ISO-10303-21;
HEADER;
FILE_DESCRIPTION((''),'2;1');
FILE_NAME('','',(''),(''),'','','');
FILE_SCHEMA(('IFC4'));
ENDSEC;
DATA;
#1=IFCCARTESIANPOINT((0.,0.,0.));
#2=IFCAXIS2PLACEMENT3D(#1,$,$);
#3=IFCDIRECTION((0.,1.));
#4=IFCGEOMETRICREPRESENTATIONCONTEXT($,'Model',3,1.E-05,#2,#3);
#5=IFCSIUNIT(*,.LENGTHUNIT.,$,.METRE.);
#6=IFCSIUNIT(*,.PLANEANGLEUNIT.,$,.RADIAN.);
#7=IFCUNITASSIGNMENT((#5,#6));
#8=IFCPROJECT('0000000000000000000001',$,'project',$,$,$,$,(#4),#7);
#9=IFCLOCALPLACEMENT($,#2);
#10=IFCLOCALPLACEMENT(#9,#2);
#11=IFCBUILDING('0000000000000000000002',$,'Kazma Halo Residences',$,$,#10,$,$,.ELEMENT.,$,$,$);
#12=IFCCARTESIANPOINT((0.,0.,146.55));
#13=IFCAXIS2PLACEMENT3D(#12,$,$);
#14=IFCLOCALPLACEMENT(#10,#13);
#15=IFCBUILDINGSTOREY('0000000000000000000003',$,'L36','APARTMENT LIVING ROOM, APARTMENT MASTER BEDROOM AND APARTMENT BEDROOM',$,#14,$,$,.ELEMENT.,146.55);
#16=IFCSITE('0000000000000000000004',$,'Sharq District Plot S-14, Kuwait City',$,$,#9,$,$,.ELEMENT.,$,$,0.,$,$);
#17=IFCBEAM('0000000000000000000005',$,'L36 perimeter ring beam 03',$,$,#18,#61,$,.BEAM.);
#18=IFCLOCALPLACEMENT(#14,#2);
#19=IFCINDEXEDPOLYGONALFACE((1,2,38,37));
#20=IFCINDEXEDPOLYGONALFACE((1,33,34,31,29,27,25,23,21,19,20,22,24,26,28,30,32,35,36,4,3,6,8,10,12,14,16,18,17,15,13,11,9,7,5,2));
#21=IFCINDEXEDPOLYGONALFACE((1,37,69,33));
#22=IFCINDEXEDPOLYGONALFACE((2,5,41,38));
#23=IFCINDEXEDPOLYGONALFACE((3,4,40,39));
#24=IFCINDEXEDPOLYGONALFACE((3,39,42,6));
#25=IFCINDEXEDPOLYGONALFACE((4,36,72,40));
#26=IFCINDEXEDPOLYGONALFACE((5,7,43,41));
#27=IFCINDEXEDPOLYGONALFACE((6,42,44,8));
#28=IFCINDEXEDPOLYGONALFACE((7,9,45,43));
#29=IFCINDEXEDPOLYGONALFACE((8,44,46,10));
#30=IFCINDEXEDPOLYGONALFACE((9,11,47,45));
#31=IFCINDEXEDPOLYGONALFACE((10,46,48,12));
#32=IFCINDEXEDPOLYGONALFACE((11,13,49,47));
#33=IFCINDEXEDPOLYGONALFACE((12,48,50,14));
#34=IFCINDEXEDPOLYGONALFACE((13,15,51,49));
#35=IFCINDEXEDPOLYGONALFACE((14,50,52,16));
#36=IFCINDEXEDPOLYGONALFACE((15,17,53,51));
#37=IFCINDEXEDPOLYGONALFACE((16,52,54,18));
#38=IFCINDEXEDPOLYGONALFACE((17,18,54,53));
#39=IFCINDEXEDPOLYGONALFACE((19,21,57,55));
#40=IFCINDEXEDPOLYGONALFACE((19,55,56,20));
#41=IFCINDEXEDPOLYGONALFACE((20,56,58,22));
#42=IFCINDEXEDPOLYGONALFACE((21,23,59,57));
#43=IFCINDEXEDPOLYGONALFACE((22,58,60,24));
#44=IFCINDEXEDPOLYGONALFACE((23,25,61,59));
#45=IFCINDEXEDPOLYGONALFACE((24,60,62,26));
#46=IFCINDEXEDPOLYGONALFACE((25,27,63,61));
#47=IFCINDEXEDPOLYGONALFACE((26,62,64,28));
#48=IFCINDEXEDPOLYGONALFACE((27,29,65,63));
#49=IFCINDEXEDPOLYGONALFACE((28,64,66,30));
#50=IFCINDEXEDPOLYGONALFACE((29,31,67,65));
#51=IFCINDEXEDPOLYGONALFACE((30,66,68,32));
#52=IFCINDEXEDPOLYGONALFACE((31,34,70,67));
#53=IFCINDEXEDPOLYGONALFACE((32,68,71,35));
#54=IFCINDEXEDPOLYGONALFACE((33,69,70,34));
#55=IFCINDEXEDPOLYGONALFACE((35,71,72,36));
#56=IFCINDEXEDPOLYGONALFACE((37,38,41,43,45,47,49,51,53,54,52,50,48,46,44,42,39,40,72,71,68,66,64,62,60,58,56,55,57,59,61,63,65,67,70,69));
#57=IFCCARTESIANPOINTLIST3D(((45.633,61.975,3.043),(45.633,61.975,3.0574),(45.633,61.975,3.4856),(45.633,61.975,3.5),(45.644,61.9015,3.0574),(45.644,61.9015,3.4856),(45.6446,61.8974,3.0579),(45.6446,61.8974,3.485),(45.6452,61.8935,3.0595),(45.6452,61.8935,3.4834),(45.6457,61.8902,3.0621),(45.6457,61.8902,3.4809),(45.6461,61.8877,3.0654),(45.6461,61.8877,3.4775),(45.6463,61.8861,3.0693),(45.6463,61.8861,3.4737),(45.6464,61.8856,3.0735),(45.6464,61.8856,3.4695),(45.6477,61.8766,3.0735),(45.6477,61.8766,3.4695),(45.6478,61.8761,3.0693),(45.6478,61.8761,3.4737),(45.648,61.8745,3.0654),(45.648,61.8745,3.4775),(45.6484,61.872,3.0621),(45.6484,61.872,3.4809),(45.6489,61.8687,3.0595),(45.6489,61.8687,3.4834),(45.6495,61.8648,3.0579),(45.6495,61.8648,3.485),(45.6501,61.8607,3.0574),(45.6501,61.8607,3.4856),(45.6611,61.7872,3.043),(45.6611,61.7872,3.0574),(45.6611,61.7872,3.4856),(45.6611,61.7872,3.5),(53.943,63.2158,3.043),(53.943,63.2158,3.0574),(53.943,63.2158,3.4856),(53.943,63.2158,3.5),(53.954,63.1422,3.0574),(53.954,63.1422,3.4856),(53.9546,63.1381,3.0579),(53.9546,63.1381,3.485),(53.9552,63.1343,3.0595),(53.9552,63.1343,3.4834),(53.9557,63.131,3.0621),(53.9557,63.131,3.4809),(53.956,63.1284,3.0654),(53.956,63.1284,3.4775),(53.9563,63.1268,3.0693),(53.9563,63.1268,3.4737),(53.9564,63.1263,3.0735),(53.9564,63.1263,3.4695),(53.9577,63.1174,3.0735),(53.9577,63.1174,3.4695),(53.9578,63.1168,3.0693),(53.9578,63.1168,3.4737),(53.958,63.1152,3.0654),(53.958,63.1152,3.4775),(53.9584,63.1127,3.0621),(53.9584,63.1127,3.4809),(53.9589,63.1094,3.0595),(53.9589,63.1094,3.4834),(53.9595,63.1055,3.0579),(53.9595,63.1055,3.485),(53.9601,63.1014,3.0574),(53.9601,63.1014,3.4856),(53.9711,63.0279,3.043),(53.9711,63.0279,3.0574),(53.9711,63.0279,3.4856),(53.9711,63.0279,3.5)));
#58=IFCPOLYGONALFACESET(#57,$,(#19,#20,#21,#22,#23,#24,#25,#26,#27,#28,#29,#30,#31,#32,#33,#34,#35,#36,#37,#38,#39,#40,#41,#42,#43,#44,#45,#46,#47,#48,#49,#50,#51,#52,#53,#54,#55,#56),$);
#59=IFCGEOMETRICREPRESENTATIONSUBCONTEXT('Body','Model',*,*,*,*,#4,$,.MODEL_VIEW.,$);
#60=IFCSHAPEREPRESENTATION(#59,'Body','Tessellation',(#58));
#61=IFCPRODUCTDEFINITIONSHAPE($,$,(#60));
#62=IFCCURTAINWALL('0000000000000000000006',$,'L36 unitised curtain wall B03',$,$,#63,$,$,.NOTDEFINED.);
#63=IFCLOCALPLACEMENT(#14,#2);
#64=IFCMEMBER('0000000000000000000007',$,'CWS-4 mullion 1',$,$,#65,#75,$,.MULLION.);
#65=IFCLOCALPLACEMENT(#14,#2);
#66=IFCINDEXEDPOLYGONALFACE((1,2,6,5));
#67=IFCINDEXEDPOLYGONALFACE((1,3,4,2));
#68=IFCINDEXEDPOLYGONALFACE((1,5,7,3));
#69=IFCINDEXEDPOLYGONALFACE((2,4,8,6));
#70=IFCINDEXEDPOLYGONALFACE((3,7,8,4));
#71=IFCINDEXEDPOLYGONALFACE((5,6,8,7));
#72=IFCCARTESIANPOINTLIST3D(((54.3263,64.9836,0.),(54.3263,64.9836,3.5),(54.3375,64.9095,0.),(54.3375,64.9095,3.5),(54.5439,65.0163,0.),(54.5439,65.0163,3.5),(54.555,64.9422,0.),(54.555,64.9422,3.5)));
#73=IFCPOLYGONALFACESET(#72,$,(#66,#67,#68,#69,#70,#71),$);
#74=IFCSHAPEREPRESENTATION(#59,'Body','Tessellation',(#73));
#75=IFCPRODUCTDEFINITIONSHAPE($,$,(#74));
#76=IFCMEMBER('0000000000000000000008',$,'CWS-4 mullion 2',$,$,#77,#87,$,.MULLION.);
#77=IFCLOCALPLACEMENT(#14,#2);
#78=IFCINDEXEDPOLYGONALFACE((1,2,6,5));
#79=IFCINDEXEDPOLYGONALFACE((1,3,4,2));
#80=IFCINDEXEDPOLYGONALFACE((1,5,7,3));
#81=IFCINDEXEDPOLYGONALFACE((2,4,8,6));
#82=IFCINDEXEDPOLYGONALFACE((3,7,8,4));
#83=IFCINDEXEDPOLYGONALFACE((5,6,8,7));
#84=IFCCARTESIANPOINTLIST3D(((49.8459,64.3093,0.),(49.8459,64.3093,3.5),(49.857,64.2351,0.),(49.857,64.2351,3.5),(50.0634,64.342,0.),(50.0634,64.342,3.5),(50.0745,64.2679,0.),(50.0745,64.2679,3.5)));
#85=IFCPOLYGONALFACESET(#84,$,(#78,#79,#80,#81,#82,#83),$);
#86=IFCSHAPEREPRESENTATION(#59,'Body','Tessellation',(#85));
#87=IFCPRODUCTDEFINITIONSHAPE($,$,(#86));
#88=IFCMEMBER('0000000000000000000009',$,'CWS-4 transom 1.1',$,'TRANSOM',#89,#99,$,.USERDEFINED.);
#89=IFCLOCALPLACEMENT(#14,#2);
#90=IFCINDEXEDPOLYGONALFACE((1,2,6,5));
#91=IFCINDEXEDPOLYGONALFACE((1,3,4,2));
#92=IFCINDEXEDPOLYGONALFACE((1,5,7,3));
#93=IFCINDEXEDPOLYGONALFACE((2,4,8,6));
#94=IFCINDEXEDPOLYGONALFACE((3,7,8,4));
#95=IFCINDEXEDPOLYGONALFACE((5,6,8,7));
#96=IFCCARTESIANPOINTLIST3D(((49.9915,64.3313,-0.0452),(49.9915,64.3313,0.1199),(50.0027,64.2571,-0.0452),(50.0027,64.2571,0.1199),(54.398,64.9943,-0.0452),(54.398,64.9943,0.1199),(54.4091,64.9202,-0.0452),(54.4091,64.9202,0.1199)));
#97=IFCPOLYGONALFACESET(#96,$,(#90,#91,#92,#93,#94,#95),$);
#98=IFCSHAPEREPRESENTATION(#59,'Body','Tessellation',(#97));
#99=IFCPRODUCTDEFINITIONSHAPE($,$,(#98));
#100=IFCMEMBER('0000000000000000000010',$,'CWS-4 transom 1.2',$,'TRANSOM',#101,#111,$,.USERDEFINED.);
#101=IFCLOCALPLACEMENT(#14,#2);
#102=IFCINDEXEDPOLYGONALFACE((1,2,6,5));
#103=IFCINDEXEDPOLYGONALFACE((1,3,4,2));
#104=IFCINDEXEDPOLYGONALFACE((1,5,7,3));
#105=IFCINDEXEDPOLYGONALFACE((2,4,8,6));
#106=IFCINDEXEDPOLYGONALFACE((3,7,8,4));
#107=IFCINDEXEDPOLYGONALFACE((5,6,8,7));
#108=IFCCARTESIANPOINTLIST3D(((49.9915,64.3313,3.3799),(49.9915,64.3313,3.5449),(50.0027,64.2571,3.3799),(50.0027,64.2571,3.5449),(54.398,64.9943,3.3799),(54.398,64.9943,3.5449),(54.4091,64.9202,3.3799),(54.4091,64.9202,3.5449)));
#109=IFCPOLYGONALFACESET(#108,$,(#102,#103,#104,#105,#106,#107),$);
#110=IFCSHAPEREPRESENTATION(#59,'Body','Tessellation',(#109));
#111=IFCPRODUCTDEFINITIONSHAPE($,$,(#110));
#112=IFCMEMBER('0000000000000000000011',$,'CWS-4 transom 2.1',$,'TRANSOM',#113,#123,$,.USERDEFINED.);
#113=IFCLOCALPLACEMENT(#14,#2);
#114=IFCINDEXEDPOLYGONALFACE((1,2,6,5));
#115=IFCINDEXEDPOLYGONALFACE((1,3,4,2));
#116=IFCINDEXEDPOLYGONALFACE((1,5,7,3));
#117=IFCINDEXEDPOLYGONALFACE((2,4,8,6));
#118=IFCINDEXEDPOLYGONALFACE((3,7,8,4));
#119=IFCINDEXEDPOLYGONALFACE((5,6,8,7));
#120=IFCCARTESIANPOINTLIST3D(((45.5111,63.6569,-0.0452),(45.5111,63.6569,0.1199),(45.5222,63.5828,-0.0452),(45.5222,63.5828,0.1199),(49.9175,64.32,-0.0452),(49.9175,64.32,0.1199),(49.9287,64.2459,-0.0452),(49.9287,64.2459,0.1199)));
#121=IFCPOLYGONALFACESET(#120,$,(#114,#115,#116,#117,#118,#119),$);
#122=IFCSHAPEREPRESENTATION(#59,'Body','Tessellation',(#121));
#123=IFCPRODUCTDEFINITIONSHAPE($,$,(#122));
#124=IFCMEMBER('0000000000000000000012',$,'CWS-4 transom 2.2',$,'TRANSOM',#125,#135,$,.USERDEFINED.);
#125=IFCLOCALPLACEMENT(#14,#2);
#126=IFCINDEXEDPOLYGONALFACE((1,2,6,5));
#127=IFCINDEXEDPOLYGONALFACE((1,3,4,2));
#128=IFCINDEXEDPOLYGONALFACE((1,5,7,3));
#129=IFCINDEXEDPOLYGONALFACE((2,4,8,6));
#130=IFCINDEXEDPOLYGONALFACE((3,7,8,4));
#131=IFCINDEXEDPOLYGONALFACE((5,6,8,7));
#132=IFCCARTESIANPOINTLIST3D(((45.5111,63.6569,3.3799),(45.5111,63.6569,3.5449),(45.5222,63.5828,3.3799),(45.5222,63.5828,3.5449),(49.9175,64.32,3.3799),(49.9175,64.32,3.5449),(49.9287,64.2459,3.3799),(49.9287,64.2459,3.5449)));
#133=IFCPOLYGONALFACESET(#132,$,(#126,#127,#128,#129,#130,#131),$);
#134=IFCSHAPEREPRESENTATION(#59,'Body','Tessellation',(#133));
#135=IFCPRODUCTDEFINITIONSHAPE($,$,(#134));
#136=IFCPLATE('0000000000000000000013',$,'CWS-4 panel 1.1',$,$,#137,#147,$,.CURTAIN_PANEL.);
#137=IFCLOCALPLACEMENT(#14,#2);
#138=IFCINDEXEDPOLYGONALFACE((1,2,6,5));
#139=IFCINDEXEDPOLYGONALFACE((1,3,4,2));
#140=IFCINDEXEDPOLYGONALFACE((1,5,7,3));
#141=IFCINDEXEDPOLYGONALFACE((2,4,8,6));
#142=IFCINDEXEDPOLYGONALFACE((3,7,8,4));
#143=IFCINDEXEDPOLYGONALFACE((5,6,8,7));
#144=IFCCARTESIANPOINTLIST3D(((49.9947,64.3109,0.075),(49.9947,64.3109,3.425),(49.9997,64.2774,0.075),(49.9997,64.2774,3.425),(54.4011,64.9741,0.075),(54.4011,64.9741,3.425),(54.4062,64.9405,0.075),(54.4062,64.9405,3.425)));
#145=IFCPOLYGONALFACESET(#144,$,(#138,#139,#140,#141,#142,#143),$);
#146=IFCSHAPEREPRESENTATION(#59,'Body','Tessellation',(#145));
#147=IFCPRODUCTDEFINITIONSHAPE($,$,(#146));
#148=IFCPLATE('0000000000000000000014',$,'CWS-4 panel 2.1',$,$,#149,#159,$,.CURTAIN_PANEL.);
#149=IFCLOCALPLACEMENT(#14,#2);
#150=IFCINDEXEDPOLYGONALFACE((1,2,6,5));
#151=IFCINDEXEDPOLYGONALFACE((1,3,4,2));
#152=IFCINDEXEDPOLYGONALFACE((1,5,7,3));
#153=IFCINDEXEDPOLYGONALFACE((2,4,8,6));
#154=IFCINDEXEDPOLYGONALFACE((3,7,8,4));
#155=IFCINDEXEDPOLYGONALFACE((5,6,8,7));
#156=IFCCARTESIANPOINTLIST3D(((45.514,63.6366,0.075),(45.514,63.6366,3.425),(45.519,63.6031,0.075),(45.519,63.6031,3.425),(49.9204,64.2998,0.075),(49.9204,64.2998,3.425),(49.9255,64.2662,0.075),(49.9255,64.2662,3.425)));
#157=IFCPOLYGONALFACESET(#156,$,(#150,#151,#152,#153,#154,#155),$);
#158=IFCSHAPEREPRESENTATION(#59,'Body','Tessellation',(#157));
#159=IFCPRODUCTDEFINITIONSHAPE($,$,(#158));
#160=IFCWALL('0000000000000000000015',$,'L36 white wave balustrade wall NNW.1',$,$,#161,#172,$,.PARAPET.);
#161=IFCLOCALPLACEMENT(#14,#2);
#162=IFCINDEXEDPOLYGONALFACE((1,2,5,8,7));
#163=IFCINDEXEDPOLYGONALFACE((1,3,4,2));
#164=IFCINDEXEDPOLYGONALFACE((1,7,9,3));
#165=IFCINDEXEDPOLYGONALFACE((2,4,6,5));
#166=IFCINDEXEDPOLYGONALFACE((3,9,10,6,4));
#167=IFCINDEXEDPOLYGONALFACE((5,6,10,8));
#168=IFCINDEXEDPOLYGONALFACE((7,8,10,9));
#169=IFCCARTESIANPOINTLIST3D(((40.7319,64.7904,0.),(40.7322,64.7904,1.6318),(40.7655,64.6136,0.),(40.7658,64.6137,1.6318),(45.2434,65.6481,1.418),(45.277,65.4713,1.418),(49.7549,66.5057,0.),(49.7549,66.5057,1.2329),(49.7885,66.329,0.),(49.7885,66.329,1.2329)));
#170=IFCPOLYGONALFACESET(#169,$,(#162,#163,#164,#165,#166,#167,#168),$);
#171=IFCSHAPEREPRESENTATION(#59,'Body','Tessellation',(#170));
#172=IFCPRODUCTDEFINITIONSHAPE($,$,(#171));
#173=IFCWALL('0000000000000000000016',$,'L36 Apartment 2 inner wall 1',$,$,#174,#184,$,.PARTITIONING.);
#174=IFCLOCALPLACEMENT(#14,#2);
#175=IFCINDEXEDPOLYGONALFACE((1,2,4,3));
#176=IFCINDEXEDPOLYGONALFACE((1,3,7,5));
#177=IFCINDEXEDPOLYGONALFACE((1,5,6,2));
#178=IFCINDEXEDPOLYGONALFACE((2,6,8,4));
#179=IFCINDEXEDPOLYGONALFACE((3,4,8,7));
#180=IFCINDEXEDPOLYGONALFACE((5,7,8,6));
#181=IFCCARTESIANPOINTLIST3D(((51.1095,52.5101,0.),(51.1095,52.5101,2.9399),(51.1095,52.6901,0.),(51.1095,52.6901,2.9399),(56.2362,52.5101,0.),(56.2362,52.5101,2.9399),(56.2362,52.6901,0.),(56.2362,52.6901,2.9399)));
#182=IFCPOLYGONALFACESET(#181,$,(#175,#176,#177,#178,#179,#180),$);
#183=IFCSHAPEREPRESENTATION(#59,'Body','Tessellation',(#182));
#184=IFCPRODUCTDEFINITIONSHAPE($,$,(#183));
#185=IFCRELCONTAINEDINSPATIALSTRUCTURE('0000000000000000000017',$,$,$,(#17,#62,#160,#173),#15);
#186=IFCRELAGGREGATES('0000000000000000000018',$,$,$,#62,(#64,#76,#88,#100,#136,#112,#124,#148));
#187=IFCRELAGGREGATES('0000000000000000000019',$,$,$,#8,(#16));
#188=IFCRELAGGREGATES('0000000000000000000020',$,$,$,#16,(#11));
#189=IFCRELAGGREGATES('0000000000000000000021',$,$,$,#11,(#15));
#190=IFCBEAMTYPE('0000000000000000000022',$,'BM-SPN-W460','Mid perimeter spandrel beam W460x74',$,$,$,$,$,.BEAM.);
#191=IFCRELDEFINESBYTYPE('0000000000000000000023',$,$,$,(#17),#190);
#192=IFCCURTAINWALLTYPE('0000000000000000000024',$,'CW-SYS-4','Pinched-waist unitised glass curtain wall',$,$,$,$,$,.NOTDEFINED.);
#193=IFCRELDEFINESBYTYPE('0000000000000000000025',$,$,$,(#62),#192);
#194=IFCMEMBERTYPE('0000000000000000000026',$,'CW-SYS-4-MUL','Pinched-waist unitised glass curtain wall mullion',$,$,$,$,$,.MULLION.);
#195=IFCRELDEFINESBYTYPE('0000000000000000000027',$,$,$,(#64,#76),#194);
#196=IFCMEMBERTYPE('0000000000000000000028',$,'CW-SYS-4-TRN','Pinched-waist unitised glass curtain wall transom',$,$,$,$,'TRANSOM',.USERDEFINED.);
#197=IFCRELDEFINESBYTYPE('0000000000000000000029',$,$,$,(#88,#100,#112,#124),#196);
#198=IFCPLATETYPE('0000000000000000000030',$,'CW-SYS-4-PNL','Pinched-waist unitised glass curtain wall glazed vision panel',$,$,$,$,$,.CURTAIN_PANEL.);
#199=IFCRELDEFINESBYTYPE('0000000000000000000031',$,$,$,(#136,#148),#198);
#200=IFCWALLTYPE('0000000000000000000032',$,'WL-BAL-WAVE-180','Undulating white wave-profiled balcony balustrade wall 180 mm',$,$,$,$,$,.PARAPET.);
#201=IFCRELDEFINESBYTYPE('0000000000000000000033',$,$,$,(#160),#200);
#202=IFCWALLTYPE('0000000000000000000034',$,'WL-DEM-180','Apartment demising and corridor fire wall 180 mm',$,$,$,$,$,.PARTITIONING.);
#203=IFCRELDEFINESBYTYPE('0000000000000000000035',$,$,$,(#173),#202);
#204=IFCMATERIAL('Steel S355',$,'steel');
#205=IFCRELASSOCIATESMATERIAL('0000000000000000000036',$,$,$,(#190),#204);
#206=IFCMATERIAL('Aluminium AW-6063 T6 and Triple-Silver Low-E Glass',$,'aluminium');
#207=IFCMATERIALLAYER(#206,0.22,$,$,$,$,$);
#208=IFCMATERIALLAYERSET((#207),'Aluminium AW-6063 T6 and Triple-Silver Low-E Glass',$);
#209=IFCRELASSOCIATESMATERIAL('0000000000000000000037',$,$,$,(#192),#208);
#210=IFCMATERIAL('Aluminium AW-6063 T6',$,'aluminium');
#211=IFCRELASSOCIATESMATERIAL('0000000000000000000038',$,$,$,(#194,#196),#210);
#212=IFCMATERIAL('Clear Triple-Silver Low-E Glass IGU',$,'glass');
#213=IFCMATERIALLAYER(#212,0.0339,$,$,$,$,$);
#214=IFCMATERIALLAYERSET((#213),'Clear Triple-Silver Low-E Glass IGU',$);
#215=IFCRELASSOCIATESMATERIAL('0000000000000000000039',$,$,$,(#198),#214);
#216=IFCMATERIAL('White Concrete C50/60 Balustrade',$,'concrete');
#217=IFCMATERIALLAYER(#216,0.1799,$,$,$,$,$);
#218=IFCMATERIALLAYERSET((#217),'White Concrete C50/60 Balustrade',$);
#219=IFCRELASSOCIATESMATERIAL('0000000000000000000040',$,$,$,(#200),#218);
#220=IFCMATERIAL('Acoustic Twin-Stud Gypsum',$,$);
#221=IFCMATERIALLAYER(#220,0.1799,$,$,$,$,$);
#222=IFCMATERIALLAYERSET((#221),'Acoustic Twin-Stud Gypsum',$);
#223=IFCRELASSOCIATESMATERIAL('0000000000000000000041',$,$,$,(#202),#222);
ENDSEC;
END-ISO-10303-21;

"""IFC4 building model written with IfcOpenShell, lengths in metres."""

from ifc_helpers import new_model, si_unit, direction, frame, frame_2d, origin, origin_2d, place, context, subcontext, project, spatial, polyline, rectangle, i_section, outline, extrude, material, layer, layer_set, material_profile, profile_set, type_object, element, aggregate, save


model = new_model("IFC4")

# Units and contexts
model_context = context("Model", 3, precision=1e-05, world=origin(), true_north=direction((0.0, 1.0)))
body_context = subcontext(model_context, "Body", "Model", "MODEL_VIEW")
ifc_project = project(units=[si_unit("LENGTHUNIT", "METRE"), si_unit("PLANEANGLEUNIT", "RADIAN")], contexts=[model_context])

# Site, building, storey
site_placement = place(None, origin())
site = spatial("IfcSite", under=ifc_project, at=site_placement, Name="Sharq District Plot S-14, Kuwait City", CompositionType="ELEMENT", RefElevation=0.0)
building_placement = place(site_placement, origin())
building = spatial("IfcBuilding", under=site, at=building_placement, Name="Kazma Halo Residences", CompositionType="ELEMENT")
storey_placement = place(building_placement, frame((0.0, 0.0, 146.55)))
storey = spatial("IfcBuildingStorey", under=building, at=storey_placement, Name="L36", Description="APARTMENT LIVING ROOM, APARTMENT MASTER BEDROOM AND APARTMENT BEDROOM", CompositionType="ELEMENT", Elevation=146.55)

# Beam
ifc_material_1 = material(Name="Steel S355", Category="steel")
ifc_material_profile_1 = material_profile(ifc_material_1, i_section(OverallWidth=0.1899, OverallDepth=0.457, WebThickness=0.009, FlangeThickness=0.0144, FilletRadius=0.0161, at=origin_2d()), Name="W460x74")
ifc_profile_set_1 = profile_set([ifc_material_profile_1], Name="Steel S355")
beam_type_1 = type_object("IfcBeamType", Name="BM-SPN-W460", Description="Mid perimeter spandrel beam W460x74", PredefinedType="BEAM", material=ifc_profile_set_1)
beam_1_placement = place(storey_placement, frame((53.957, 63.1218, 3.2715), z_axis=(-0.989037, -0.147667, 0.0), x_axis=(0.147667, -0.989037, 0.0)))
element("IfcBeam", 1, at=beam_1_placement, inside=storey, type_object=beam_type_1, Name="L36 perimeter ring beam 03", PredefinedType="BEAM", context=body_context, shape_type="SweptSolid", body=[
    extrude(i_section(OverallWidth=0.1899, OverallDepth=0.457, WebThickness=0.009, FlangeThickness=0.0144, FilletRadius=0.0161, at=origin_2d()), origin(), (0.0, 0.0, 1.0), 8.4021),
])

# Curtain wall, members, plates
ifc_material_2 = material(Name="Aluminium AW-6063 T6 and Triple-Silver Low-E Glass", Category="aluminium")
ifc_layer_1 = layer(ifc_material_2, 0.22)
ifc_layer_set_1 = layer_set([ifc_layer_1], Name="Aluminium AW-6063 T6 and Triple-Silver Low-E Glass")
curtain_wall_type = type_object("IfcCurtainWallType", Name="CW-SYS-4", Description="Pinched-waist unitised glass curtain wall", PredefinedType="NOTDEFINED", material=ifc_layer_set_1)
curtain_wall_placement = place(storey_placement, origin())
curtain_wall = element("IfcCurtainWall", 2, at=curtain_wall_placement, inside=storey, type_object=curtain_wall_type, Name="L36 unitised curtain wall B03", PredefinedType="NOTDEFINED")
ifc_material_3 = material(Name="Aluminium AW-6063 T6", Category="aluminium")
ifc_material_profile_2 = material_profile(ifc_material_3, rectangle(XDim=0.075, YDim=0.22, at=origin_2d()), Name="CWM-75x220")
ifc_profile_set_2 = profile_set([ifc_material_profile_2], Name="Aluminium AW-6063 T6")
member_type_1 = type_object("IfcMemberType", Name="CW-SYS-4-MUL", Description="Pinched-waist unitised glass curtain wall mullion", PredefinedType="MULLION", material=ifc_profile_set_2)
member_1_placement = place(storey_placement, frame((54.4407, 64.9629, 0.0), z_axis=(0.0, 0.0, 1.0), x_axis=(0.148821, -0.988864, 0.0)))
member_1 = element("IfcMember", 3, at=member_1_placement, type_object=member_type_1, Name="CWS-4 mullion 1", PredefinedType="MULLION", context=body_context, shape_type="SweptSolid", body=[
    extrude(rectangle(XDim=0.075, YDim=0.22, at=origin_2d()), origin(), (0.0, 0.0, 1.0), 3.5),
])
member_2_placement = place(storey_placement, frame((49.9602, 64.2886, 0.0), z_axis=(0.0, 0.0, 1.0), x_axis=(0.148821, -0.988864, 0.0)))
member_2 = element("IfcMember", 4, at=member_2_placement, type_object=member_type_1, Name="CWS-4 mullion 2", PredefinedType="MULLION", context=body_context, shape_type="SweptSolid", body=[
    extrude(rectangle(XDim=0.075, YDim=0.22, at=origin_2d()), origin(), (0.0, 0.0, 1.0), 3.5),
])
ifc_material_profile_3 = material_profile(ifc_material_3, rectangle(XDim=0.075, YDim=0.165, at=origin_2d()), Name="CWT-75x165")
ifc_profile_set_3 = profile_set([ifc_material_profile_3], Name="Aluminium AW-6063 T6")
member_type_2 = type_object("IfcMemberType", Name="CW-SYS-4-TRN", Description="Pinched-waist unitised glass curtain wall transom", ElementType="TRANSOM", PredefinedType="USERDEFINED", material=ifc_profile_set_3)
member_3_placement = place(storey_placement, frame((54.4036, 64.9573, 0.0374), z_axis=(-0.988867, -0.148804, 0.0), x_axis=(0.148804, -0.988867, 0.0)))
member_3 = element("IfcMember", 5, at=member_3_placement, type_object=member_type_2, Name="CWS-4 transom 1.1", ObjectType="TRANSOM", PredefinedType="USERDEFINED", context=body_context, shape_type="SweptSolid", body=[
    extrude(rectangle(XDim=0.075, YDim=0.165, at=origin_2d()), origin(), (0.0, 0.0, 1.0), 4.4561),
])
member_4_placement = place(storey_placement, frame((54.4036, 64.9573, 3.4624), z_axis=(-0.988867, -0.148804, 0.0), x_axis=(0.148804, -0.988867, 0.0)))
member_4 = element("IfcMember", 6, at=member_4_placement, type_object=member_type_2, Name="CWS-4 transom 1.2", ObjectType="TRANSOM", PredefinedType="USERDEFINED", context=body_context, shape_type="SweptSolid", body=[
    extrude(rectangle(XDim=0.075, YDim=0.165, at=origin_2d()), origin(), (0.0, 0.0, 1.0), 4.4561),
])
member_5_placement = place(storey_placement, frame((49.9231, 64.283, 0.0374), z_axis=(-0.988867, -0.148804, 0.0), x_axis=(0.148804, -0.988867, 0.0)))
member_5 = element("IfcMember", 7, at=member_5_placement, type_object=member_type_2, Name="CWS-4 transom 2.1", ObjectType="TRANSOM", PredefinedType="USERDEFINED", context=body_context, shape_type="SweptSolid", body=[
    extrude(rectangle(XDim=0.075, YDim=0.165, at=origin_2d()), origin(), (0.0, 0.0, 1.0), 4.4561),
])
member_6_placement = place(storey_placement, frame((49.9231, 64.283, 3.4624), z_axis=(-0.988867, -0.148804, 0.0), x_axis=(0.148804, -0.988867, 0.0)))
member_6 = element("IfcMember", 8, at=member_6_placement, type_object=member_type_2, Name="CWS-4 transom 2.2", ObjectType="TRANSOM", PredefinedType="USERDEFINED", context=body_context, shape_type="SweptSolid", body=[
    extrude(rectangle(XDim=0.075, YDim=0.165, at=origin_2d()), origin(), (0.0, 0.0, 1.0), 4.4561),
])
ifc_material_4 = material(Name="Clear Triple-Silver Low-E Glass IGU", Category="glass")
ifc_layer_2 = layer(ifc_material_4, 0.0339)
ifc_layer_set_2 = layer_set([ifc_layer_2], Name="Clear Triple-Silver Low-E Glass IGU")
plate_type = type_object("IfcPlateType", Name="CW-SYS-4-PNL", Description="Pinched-waist unitised glass curtain wall glazed vision panel", PredefinedType="CURTAIN_PANEL", material=ifc_layer_set_2)
plate_1_placement = place(storey_placement, frame((52.2004, 64.6257, 0.075), z_axis=(0.0, 0.0, 1.0), x_axis=(-0.988864, -0.148821, 0.0)))
plate_1 = element("IfcPlate", 9, at=plate_1_placement, type_object=plate_type, Name="CWS-4 panel 1.1", PredefinedType="CURTAIN_PANEL", context=body_context, shape_type="SweptSolid", body=[
    extrude(rectangle(XDim=4.4561, YDim=0.0339, at=origin_2d()), origin(), (0.0, 0.0, 1.0), 3.3501),
])
plate_2_placement = place(storey_placement, frame((47.7197, 63.9514, 0.075), z_axis=(0.0, 0.0, 1.0), x_axis=(-0.988864, -0.148821, 0.0)))
plate_2 = element("IfcPlate", 10, at=plate_2_placement, type_object=plate_type, Name="CWS-4 panel 2.1", PredefinedType="CURTAIN_PANEL", context=body_context, shape_type="SweptSolid", body=[
    extrude(rectangle(XDim=4.4561, YDim=0.0339, at=origin_2d()), origin(), (0.0, 0.0, 1.0), 3.3501),
])
aggregate(curtain_wall, [member_1, member_2, member_3, member_4, plate_1, member_5, member_6, plate_2])

# Walls
ifc_material_5 = material(Name="White Concrete C50/60 Balustrade", Category="concrete")
ifc_layer_3 = layer(ifc_material_5, 0.1799)
ifc_layer_set_3 = layer_set([ifc_layer_3], Name="White Concrete C50/60 Balustrade")
wall_type_1 = type_object("IfcWallType", Name="WL-BAL-WAVE-180", Description="Undulating white wave-profiled balcony balustrade wall 180 mm", PredefinedType="PARAPET", material=ifc_layer_set_3)
wall_1_placement = place(storey_placement, frame((49.7717, 66.4172, 0.0), z_axis=(0.0, 0.0, 1.0), x_axis=(-0.982405, -0.186763, 0.0)))
element("IfcWall", 11, at=wall_1_placement, inside=storey, type_object=wall_type_1, Name="L36 white wave balustrade wall NNW.1", PredefinedType="PARAPET", context=body_context, shape_type="SweptSolid", body=[
    extrude(outline(polyline([(0.0, 0.0), (9.1846, 0.0), (9.1843, 1.6318), (4.5923, 1.418), (0.0, 1.2329), (0.0, 0.0)])), frame((0.0, 0.0898, 0.0), z_axis=(0.0, -1.0, 0.0), x_axis=(1.0, 0.0, 0.0)), (0.0, 0.0, 1.0), 0.1799),
])
ifc_material_6 = material(Name="Acoustic Twin-Stud Gypsum")
ifc_layer_4 = layer(ifc_material_6, 0.1799)
ifc_layer_set_4 = layer_set([ifc_layer_4], Name="Acoustic Twin-Stud Gypsum")
wall_type_2 = type_object("IfcWallType", Name="WL-DEM-180", Description="Apartment demising and corridor fire wall 180 mm", PredefinedType="PARTITIONING", material=ifc_layer_set_4)
wall_2_placement = place(storey_placement, frame((56.2363, 52.6001, 0.0), z_axis=(0.0, 0.0, 1.0), x_axis=(-1.0, 0.0, 0.0)))
element("IfcWall", 12, at=wall_2_placement, inside=storey, type_object=wall_type_2, Name="L36 Apartment 2 inner wall 1", PredefinedType="PARTITIONING", context=body_context, shape_type="SweptSolid", body=[
    extrude(rectangle(XDim=5.1267, YDim=0.1799, at=frame_2d((2.5635, 0.0))), origin(), (0.0, 0.0, 1.0), 2.9399),
])

save(model, "model.ifc")
